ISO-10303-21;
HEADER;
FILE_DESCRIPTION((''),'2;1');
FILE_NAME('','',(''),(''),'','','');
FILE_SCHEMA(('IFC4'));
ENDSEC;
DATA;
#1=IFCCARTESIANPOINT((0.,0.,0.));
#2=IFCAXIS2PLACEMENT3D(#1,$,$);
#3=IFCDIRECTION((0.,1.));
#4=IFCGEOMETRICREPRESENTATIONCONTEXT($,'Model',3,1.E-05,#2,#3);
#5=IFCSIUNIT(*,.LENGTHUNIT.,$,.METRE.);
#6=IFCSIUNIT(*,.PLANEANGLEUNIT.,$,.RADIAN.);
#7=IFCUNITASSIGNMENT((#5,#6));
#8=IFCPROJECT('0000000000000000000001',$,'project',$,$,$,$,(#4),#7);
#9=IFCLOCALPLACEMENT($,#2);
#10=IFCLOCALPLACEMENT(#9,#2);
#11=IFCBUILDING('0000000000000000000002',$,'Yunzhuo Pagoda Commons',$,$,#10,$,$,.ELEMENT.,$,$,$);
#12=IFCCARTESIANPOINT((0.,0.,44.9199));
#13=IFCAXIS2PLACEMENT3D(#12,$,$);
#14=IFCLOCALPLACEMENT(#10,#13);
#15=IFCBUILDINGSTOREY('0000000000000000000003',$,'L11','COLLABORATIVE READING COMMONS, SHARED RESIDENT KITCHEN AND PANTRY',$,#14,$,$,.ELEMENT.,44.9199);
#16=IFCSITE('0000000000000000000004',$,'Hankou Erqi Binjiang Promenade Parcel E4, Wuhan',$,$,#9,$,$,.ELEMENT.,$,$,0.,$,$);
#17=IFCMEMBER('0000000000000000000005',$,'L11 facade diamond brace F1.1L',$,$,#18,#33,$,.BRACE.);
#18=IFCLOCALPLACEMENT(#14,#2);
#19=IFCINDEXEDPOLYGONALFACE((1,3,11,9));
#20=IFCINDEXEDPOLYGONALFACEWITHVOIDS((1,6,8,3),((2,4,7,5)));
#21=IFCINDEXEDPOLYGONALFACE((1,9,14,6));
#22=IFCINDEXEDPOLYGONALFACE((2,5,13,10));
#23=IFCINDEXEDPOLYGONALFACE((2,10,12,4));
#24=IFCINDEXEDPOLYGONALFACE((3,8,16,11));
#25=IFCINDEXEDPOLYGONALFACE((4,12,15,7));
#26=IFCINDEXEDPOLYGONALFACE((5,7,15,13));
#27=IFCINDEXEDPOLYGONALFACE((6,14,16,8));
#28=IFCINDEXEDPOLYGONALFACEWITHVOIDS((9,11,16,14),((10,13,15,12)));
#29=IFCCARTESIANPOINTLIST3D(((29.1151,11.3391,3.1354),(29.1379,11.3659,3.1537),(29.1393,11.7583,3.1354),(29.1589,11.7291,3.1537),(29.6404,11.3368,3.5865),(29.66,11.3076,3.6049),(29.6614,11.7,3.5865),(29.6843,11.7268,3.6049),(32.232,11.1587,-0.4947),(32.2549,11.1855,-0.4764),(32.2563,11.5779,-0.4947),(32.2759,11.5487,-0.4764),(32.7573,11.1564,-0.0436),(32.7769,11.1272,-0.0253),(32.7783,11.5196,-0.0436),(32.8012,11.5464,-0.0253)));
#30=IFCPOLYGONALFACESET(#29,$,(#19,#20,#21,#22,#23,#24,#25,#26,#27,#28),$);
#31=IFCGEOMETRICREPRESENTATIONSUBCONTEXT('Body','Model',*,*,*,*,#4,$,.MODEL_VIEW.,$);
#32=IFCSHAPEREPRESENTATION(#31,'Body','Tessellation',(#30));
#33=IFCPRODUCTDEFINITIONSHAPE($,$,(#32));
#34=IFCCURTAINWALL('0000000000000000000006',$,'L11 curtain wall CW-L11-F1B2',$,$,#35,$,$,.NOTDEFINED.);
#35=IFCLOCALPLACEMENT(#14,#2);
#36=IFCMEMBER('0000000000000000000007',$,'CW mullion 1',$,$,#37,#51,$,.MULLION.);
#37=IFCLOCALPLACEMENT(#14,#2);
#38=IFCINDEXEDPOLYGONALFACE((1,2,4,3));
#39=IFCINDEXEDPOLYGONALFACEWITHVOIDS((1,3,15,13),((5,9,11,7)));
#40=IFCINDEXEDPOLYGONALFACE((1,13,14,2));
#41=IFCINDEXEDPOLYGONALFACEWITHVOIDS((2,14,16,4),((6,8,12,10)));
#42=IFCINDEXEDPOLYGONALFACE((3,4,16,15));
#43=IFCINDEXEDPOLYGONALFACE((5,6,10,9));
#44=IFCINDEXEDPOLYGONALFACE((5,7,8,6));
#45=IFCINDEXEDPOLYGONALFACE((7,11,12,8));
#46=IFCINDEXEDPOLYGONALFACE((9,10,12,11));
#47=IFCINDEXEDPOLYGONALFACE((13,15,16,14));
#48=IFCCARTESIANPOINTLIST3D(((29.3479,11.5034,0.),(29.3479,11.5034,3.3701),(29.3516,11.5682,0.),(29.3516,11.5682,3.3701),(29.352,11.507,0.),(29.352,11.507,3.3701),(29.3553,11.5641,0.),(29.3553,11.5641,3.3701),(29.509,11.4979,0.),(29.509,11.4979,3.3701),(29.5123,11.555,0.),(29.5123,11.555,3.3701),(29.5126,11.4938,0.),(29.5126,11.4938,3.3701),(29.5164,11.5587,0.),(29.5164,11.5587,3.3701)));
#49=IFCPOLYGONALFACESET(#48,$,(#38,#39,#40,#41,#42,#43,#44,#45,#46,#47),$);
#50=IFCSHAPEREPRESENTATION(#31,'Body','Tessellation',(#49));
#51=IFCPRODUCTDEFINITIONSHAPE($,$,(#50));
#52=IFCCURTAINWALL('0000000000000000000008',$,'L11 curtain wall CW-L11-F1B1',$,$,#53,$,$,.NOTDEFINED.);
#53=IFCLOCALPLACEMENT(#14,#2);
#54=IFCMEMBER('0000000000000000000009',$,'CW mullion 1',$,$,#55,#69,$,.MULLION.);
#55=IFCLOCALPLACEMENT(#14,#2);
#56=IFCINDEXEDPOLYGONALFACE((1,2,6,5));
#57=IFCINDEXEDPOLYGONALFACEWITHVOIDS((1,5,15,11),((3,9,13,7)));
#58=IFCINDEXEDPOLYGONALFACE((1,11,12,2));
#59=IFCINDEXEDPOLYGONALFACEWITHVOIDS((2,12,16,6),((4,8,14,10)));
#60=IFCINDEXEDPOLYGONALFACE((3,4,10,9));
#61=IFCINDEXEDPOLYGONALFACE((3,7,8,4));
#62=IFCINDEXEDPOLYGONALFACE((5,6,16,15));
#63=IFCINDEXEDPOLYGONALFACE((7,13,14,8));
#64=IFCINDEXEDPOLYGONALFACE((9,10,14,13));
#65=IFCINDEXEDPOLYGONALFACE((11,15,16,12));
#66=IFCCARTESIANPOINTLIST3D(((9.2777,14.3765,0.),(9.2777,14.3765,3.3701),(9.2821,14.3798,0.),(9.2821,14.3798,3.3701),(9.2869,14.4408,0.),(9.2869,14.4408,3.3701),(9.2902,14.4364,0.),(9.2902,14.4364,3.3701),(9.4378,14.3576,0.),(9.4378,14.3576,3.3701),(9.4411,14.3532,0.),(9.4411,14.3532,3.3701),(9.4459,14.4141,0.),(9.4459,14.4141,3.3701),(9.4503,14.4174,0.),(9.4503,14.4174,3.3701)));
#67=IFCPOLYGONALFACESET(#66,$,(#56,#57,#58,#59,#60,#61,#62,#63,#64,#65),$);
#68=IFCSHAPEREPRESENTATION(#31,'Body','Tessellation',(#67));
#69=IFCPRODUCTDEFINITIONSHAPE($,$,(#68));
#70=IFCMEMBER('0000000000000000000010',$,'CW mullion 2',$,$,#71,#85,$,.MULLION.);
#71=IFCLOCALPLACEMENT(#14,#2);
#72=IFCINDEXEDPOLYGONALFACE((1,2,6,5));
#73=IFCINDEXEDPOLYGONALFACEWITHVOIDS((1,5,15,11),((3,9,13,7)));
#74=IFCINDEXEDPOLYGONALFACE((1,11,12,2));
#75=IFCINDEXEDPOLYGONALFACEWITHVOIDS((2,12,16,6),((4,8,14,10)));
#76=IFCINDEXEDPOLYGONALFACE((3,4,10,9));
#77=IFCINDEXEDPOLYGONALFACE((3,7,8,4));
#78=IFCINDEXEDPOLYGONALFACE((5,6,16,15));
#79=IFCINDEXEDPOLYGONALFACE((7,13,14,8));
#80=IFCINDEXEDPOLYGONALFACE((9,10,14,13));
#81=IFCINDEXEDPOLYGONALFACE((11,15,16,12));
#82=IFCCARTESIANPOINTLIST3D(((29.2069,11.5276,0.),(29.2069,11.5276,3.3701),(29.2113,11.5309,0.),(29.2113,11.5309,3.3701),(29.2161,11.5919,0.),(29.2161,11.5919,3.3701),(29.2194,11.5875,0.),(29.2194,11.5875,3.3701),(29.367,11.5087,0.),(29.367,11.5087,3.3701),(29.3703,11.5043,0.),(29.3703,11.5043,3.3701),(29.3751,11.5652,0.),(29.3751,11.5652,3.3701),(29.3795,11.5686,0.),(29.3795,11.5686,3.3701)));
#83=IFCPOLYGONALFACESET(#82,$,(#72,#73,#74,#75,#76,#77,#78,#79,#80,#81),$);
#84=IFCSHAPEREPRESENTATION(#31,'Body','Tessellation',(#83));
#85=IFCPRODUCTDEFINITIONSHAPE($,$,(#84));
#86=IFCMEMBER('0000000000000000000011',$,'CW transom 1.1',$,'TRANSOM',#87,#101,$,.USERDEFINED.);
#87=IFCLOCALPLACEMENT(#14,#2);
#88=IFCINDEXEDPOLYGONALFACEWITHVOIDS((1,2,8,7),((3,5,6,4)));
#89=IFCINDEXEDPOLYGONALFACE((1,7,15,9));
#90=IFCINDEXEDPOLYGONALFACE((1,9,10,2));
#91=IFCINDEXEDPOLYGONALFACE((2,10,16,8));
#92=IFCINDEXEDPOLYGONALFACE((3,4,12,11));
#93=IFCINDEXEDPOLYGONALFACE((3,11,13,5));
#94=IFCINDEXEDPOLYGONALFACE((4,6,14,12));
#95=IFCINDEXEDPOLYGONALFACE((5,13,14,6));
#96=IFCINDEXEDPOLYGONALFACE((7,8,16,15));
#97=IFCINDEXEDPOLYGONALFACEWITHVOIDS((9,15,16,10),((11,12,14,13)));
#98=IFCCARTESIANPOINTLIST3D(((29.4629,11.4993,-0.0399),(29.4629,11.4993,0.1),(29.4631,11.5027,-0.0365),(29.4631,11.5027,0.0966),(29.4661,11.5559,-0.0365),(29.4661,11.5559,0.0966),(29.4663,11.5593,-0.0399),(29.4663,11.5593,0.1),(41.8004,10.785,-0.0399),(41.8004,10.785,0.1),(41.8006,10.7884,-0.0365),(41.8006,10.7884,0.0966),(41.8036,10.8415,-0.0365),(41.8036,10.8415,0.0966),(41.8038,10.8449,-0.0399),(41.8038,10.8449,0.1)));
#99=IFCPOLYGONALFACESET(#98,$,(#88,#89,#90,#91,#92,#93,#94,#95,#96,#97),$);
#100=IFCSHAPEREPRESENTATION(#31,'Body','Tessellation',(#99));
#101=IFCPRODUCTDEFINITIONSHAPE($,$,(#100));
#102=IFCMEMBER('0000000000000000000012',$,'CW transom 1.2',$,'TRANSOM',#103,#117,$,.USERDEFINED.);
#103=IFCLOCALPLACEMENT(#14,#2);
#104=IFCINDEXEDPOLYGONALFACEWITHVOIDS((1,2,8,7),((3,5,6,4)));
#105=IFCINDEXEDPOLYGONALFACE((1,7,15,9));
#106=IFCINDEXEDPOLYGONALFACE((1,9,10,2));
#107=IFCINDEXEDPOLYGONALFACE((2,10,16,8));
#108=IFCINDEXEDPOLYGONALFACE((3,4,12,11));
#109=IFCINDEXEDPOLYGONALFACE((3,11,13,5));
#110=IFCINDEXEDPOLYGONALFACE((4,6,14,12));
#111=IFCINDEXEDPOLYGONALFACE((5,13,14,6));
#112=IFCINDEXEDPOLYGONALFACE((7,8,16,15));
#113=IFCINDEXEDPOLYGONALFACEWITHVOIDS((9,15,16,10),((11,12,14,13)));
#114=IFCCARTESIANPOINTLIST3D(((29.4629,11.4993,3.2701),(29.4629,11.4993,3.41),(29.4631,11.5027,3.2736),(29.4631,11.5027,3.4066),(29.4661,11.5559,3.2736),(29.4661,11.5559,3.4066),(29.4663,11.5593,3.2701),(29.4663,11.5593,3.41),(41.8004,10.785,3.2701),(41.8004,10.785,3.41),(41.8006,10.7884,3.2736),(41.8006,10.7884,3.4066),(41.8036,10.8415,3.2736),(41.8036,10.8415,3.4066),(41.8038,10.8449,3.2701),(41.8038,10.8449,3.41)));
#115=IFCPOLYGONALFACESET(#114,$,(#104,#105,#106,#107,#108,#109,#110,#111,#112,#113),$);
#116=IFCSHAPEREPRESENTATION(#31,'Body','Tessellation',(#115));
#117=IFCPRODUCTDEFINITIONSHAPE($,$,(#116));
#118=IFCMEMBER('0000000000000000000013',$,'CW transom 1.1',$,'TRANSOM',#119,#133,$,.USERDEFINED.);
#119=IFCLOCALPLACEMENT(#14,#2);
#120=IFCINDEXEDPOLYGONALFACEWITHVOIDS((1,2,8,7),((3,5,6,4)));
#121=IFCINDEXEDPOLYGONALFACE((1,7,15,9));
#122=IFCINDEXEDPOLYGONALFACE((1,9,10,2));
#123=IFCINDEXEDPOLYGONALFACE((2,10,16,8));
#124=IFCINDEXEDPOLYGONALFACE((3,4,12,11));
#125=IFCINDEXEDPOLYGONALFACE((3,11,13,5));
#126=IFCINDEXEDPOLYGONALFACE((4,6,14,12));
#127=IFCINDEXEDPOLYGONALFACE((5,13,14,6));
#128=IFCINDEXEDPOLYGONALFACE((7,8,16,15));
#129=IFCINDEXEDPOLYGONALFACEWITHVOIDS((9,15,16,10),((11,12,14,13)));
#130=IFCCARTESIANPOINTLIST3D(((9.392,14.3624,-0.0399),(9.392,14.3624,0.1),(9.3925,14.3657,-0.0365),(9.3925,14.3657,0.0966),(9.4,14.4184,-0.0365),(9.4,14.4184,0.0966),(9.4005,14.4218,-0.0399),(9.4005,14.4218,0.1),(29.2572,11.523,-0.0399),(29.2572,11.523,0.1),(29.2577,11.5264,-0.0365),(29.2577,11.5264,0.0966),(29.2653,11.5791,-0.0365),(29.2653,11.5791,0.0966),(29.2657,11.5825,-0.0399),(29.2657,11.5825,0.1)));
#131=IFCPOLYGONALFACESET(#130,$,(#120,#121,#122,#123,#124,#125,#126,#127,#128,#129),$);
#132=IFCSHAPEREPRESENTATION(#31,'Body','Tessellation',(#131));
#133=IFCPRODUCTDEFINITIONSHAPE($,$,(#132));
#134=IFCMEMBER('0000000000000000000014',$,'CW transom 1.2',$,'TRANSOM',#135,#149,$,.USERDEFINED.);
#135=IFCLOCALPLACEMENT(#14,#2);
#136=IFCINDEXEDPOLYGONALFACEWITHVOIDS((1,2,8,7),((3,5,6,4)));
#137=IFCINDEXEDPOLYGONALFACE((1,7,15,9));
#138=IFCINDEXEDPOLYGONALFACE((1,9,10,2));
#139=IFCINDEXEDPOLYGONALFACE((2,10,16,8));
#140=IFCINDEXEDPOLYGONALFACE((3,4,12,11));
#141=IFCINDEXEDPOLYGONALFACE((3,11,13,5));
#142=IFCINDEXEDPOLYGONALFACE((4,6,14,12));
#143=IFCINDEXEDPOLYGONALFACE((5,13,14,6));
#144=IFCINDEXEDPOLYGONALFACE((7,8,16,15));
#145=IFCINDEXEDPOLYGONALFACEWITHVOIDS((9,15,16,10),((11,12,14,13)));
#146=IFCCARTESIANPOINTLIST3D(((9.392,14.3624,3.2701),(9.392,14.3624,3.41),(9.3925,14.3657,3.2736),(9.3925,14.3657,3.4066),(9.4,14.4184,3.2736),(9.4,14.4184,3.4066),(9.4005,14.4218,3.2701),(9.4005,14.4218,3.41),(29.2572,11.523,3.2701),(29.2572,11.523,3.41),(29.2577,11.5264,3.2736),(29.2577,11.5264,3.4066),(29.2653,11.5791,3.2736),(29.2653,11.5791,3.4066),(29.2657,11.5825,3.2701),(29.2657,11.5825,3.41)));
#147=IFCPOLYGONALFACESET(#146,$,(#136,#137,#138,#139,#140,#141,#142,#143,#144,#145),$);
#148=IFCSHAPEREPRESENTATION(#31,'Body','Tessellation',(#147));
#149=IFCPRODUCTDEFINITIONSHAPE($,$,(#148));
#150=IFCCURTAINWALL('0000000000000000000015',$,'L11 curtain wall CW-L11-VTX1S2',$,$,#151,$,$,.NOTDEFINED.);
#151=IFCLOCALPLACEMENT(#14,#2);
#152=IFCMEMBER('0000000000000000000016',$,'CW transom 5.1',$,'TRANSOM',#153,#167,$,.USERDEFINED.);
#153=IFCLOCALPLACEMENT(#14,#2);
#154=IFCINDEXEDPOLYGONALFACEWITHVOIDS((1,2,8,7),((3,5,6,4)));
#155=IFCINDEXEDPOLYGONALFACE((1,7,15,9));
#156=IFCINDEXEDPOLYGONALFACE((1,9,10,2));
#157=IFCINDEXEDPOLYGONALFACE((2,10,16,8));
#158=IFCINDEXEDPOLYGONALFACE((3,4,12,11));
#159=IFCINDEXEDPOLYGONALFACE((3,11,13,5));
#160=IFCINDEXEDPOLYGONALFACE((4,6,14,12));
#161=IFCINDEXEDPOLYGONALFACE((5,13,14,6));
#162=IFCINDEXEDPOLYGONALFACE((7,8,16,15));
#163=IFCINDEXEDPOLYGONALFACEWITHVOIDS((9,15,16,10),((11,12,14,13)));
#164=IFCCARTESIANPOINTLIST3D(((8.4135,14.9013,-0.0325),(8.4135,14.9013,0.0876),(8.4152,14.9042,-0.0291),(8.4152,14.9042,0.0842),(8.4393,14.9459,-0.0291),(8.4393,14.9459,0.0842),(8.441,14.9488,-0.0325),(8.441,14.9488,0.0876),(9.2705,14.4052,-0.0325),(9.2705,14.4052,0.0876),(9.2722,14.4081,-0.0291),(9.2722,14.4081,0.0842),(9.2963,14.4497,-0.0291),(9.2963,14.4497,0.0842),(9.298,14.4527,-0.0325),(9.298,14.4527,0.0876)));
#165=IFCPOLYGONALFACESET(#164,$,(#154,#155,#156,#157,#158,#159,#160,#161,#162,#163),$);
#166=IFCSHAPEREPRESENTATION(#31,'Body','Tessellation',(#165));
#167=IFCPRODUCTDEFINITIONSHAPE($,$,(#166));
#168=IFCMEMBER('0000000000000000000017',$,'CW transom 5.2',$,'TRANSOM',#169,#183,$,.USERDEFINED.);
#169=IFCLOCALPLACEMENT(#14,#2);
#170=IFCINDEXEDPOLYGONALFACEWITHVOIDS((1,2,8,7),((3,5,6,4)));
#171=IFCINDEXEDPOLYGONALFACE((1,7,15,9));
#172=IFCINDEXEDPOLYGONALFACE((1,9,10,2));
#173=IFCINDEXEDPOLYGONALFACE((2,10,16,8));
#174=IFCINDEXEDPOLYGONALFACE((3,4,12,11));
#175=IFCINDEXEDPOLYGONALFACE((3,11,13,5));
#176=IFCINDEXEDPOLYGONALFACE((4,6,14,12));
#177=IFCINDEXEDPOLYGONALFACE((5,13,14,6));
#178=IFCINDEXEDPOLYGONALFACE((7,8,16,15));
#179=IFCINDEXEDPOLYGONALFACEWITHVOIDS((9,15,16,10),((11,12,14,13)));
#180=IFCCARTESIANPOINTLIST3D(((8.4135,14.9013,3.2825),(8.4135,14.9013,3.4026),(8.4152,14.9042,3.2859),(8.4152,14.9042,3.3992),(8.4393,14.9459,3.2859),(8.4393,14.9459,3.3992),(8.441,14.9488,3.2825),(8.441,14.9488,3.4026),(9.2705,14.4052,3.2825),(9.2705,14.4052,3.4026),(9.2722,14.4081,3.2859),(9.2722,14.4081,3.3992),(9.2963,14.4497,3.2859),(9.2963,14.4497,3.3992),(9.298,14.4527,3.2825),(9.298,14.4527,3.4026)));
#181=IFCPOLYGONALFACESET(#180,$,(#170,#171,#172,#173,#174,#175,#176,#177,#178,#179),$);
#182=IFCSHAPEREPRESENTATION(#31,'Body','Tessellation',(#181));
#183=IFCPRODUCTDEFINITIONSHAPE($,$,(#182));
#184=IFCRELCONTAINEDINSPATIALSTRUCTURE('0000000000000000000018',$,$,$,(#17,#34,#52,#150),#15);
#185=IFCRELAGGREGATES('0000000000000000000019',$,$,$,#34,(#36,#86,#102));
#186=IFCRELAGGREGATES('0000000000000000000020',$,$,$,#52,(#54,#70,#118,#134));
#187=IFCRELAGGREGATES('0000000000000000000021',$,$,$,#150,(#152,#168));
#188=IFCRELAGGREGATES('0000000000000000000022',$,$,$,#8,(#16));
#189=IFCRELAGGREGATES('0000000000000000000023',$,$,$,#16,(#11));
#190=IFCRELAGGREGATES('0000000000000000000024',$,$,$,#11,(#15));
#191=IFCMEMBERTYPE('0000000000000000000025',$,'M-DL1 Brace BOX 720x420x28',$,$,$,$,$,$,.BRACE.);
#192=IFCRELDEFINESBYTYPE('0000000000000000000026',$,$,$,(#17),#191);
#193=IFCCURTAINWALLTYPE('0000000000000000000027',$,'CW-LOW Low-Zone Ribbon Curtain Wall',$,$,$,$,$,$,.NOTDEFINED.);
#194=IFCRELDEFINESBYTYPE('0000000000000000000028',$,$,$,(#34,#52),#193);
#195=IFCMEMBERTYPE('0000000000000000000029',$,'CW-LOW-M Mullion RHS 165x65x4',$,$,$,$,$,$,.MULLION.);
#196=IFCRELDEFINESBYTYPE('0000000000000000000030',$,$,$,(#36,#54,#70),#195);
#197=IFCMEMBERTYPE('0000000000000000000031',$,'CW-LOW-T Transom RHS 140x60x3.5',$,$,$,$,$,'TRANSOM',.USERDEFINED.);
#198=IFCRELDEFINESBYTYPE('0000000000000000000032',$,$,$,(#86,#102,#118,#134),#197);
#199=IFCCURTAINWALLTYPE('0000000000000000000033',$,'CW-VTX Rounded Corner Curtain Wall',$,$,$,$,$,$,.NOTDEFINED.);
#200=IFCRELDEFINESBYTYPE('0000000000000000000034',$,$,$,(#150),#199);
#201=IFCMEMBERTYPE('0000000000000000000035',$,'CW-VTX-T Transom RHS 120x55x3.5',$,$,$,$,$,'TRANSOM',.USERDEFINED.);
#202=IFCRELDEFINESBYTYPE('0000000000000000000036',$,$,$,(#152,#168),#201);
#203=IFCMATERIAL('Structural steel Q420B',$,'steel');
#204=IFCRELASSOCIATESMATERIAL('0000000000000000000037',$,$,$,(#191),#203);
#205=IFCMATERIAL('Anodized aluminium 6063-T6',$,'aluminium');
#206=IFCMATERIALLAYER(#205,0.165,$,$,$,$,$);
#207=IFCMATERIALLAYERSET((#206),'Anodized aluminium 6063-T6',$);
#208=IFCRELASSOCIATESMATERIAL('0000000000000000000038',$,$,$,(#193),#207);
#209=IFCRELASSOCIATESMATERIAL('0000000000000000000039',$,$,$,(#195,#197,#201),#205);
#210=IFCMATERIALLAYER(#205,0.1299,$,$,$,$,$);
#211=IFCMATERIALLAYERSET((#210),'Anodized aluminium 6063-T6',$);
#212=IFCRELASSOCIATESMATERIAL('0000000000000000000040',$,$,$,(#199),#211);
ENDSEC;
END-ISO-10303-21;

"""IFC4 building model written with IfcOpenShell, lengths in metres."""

from ifc_helpers import new_model, si_unit, direction, frame, origin, origin_2d, place, context, subcontext, project, spatial, hollow_rectangle, extrude, source, transform, mapped, material, layer, layer_set, material_profile, profile_set, type_object, element, aggregate, save


model = new_model("IFC4")

# Units and contexts
model_context = context("Model", 3, precision=1e-05, world=origin(), true_north=direction((0.0, 1.0)))
body_context = subcontext(model_context, "Body", "Model", "MODEL_VIEW")
ifc_project = project(units=[si_unit("LENGTHUNIT", "METRE"), si_unit("PLANEANGLEUNIT", "RADIAN")], contexts=[model_context])

# Site, building, storey
site_placement = place(None, origin())
site = spatial("IfcSite", under=ifc_project, at=site_placement, Name="Hankou Erqi Binjiang Promenade Parcel E4, Wuhan", CompositionType="ELEMENT", RefElevation=0.0)
building_placement = place(site_placement, origin())
building = spatial("IfcBuilding", under=site, at=building_placement, Name="Yunzhuo Pagoda Commons", CompositionType="ELEMENT")
storey_placement = place(building_placement, frame((0.0, 0.0, 44.9199)))
storey = spatial("IfcBuildingStorey", under=building, at=storey_placement, Name="L11", Description="COLLABORATIVE READING COMMONS, SHARED RESIDENT KITCHEN AND PANTRY", CompositionType="ELEMENT", Elevation=44.9199)

# Shared definitions
ifc_material_1 = material(Name="Structural steel Q420B", Category="steel")

# Member
ifc_material_profile_1 = material_profile(ifc_material_1, hollow_rectangle(XDim=0.4199, YDim=0.72, WallThickness=0.0281, at=origin_2d()), Name="Structural steel Q420B")
ifc_profile_set_1 = profile_set([ifc_material_profile_1], Name="Structural steel Q420B")
member_type_1 = type_object("IfcMemberType", Name="M-DL1 Brace BOX 720x420x28", PredefinedType="BRACE", material=ifc_profile_set_1)
shared_shape_1 = source(origin(), body_context, "Body", "SweptSolid", [
    extrude(hollow_rectangle(XDim=0.4199, YDim=0.72, WallThickness=0.0281, at=origin_2d()), origin(), (0.0, 0.0, 1.0), 4.7881),
])
member_1_placement = place(storey_placement, frame((32.5166, 11.3525, -0.26), z_axis=(-0.65098, 0.037681, 0.758159), x_axis=(-0.057787, -0.998329, 0.0)))
element("IfcMember", 1, at=member_1_placement, inside=storey, type_object=member_type_1, Name="L11 facade diamond brace F1.1L", PredefinedType="BRACE", context=body_context, shape_type="MappedRepresentation", body=[
    mapped(shared_shape_1, transform((0.0, 0.0, 0.0), scale=1.0)),
])

# Curtain wall, member
ifc_material_2 = material(Name="Anodized aluminium 6063-T6", Category="aluminium")
ifc_layer_1 = layer(ifc_material_2, 0.165)
ifc_layer_set_1 = layer_set([ifc_layer_1], Name="Anodized aluminium 6063-T6")
curtain_wall_type_1 = type_object("IfcCurtainWallType", Name="CW-LOW Low-Zone Ribbon Curtain Wall", PredefinedType="NOTDEFINED", material=ifc_layer_set_1)
curtain_wall_1_placement = place(storey_placement, origin())
curtain_wall_1 = element("IfcCurtainWall", 2, at=curtain_wall_1_placement, inside=storey, type_object=curtain_wall_type_1, Name="L11 curtain wall CW-L11-F1B2", PredefinedType="NOTDEFINED")
ifc_material_profile_2 = material_profile(ifc_material_2, hollow_rectangle(XDim=0.0649, YDim=0.165, WallThickness=0.0039, at=origin_2d()), Name="Anodized aluminium 6063-T6")
ifc_profile_set_2 = profile_set([ifc_material_profile_2], Name="Anodized aluminium 6063-T6")
member_type_2 = type_object("IfcMemberType", Name="CW-LOW-M Mullion RHS 165x65x4", PredefinedType="MULLION", material=ifc_profile_set_2)
shared_shape_2 = source(origin(), body_context, "Body", "SweptSolid", [
    extrude(hollow_rectangle(XDim=0.0649, YDim=0.165, WallThickness=0.0039, at=origin_2d()), origin(), (0.0, 0.0, 1.0), 3.3701),
])
member_2_placement = place(storey_placement, frame((29.4321, 11.531, 0.0), z_axis=(0.0, 0.0, 1.0), x_axis=(0.057791, 0.998329, 0.0)))
member_2 = element("IfcMember", 3, at=member_2_placement, type_object=member_type_2, Name="CW mullion 1", PredefinedType="MULLION", context=body_context, shape_type="MappedRepresentation", body=[
    mapped(shared_shape_2, transform((0.0, 0.0, 0.0), scale=1.0)),
])

# Curtain wall, members
curtain_wall_2_placement = place(storey_placement, origin())
curtain_wall_2 = element("IfcCurtainWall", 4, at=curtain_wall_2_placement, inside=storey, type_object=curtain_wall_type_1, Name="L11 curtain wall CW-L11-F1B1", PredefinedType="NOTDEFINED")
member_3_placement = place(storey_placement, frame((9.364, 14.397, 0.0), z_axis=(0.0, 0.0, 1.0), x_axis=(0.141493, 0.989939, 0.0)))
member_3 = element("IfcMember", 5, at=member_3_placement, type_object=member_type_2, Name="CW mullion 1", PredefinedType="MULLION", context=body_context, shape_type="MappedRepresentation", body=[
    mapped(shared_shape_2, transform((0.0, 0.0, 0.0), scale=1.0)),
])
member_4_placement = place(storey_placement, frame((29.2932, 11.5481, 0.0), z_axis=(0.0, 0.0, 1.0), x_axis=(0.141493, 0.989939, 0.0)))
member_4 = element("IfcMember", 6, at=member_4_placement, type_object=member_type_2, Name="CW mullion 2", PredefinedType="MULLION", context=body_context, shape_type="MappedRepresentation", body=[
    mapped(shared_shape_2, transform((0.0, 0.0, 0.0), scale=1.0)),
])

# Members
ifc_material_profile_3 = material_profile(ifc_material_2, hollow_rectangle(XDim=0.0601, YDim=0.1399, WallThickness=0.0034, at=origin_2d()), Name="Anodized aluminium 6063-T6")
ifc_profile_set_3 = profile_set([ifc_material_profile_3], Name="Anodized aluminium 6063-T6")
member_type_3 = type_object("IfcMemberType", Name="CW-LOW-T Transom RHS 140x60x3.5", ElementType="TRANSOM", PredefinedType="USERDEFINED", material=ifc_profile_set_3)
shared_shape_3 = source(origin(), body_context, "Body", "SweptSolid", [
    extrude(hollow_rectangle(XDim=0.0601, YDim=0.1399, WallThickness=0.0034, at=origin_2d()), origin(), (0.0, 0.0, 1.0), 12.3582),
])
member_5_placement = place(storey_placement, frame((29.4646, 11.5293, 0.03), z_axis=(0.998328, -0.057805, 0.0), x_axis=(0.057805, 0.998328, 0.0)))
member_5 = element("IfcMember", 7, at=member_5_placement, type_object=member_type_3, Name="CW transom 1.1", ObjectType="TRANSOM", PredefinedType="USERDEFINED", context=body_context, shape_type="MappedRepresentation", body=[
    mapped(shared_shape_3, transform((0.0, 0.0, 0.0), scale=1.0)),
])
member_6_placement = place(storey_placement, frame((29.4646, 11.5293, 3.3401), z_axis=(0.998328, -0.057805, 0.0), x_axis=(0.057805, 0.998328, 0.0)))
member_6 = element("IfcMember", 8, at=member_6_placement, type_object=member_type_3, Name="CW transom 1.2", ObjectType="TRANSOM", PredefinedType="USERDEFINED", context=body_context, shape_type="MappedRepresentation", body=[
    mapped(shared_shape_3, transform((0.0, 0.0, 0.0), scale=1.0)),
])
shared_shape_4 = source(origin(), body_context, "Body", "SweptSolid", [
    extrude(hollow_rectangle(XDim=0.0601, YDim=0.1399, WallThickness=0.0034, at=origin_2d()), origin(), (0.0, 0.0, 1.0), 20.0671),
])
member_7_placement = place(storey_placement, frame((9.3962, 14.3921, 0.03), z_axis=(0.989939, -0.141493, 0.0), x_axis=(0.141493, 0.989939, 0.0)))
member_7 = element("IfcMember", 9, at=member_7_placement, type_object=member_type_3, Name="CW transom 1.1", ObjectType="TRANSOM", PredefinedType="USERDEFINED", context=body_context, shape_type="MappedRepresentation", body=[
    mapped(shared_shape_4, transform((0.0, 0.0, 0.0), scale=1.0)),
])
member_8_placement = place(storey_placement, frame((9.3962, 14.3921, 3.3401), z_axis=(0.989939, -0.141493, 0.0), x_axis=(0.141493, 0.989939, 0.0)))
member_8 = element("IfcMember", 10, at=member_8_placement, type_object=member_type_3, Name="CW transom 1.2", ObjectType="TRANSOM", PredefinedType="USERDEFINED", context=body_context, shape_type="MappedRepresentation", body=[
    mapped(shared_shape_4, transform((0.0, 0.0, 0.0), scale=1.0)),
])

# Curtain wall, members
ifc_layer_2 = layer(ifc_material_2, 0.1299)
ifc_layer_set_2 = layer_set([ifc_layer_2], Name="Anodized aluminium 6063-T6")
curtain_wall_type_2 = type_object("IfcCurtainWallType", Name="CW-VTX Rounded Corner Curtain Wall", PredefinedType="NOTDEFINED", material=ifc_layer_set_2)
curtain_wall_3_placement = place(storey_placement, origin())
curtain_wall_3 = element("IfcCurtainWall", 11, at=curtain_wall_3_placement, inside=storey, type_object=curtain_wall_type_2, Name="L11 curtain wall CW-L11-VTX1S2", PredefinedType="NOTDEFINED")
ifc_material_profile_4 = material_profile(ifc_material_2, hollow_rectangle(XDim=0.0549, YDim=0.1201, WallThickness=0.0034, at=origin_2d()), Name="Anodized aluminium 6063-T6")
ifc_profile_set_4 = profile_set([ifc_material_profile_4], Name="Anodized aluminium 6063-T6")
member_type_4 = type_object("IfcMemberType", Name="CW-VTX-T Transom RHS 120x55x3.5", ElementType="TRANSOM", PredefinedType="USERDEFINED", material=ifc_profile_set_4)
shared_shape_5 = source(origin(), body_context, "Body", "SweptSolid", [
    extrude(hollow_rectangle(XDim=0.0549, YDim=0.1201, WallThickness=0.0034, at=origin_2d()), origin(), (0.0, 0.0, 1.0), 0.9902),
])
member_9_placement = place(storey_placement, frame((8.4272, 14.925, 0.0276), z_axis=(0.865438, -0.501017, 0.0), x_axis=(0.501017, 0.865438, 0.0)))
member_9 = element("IfcMember", 12, at=member_9_placement, type_object=member_type_4, Name="CW transom 5.1", ObjectType="TRANSOM", PredefinedType="USERDEFINED", context=body_context, shape_type="MappedRepresentation", body=[
    mapped(shared_shape_5, transform((0.0, 0.0, 0.0), scale=1.0)),
])
member_10_placement = place(storey_placement, frame((8.4272, 14.925, 3.3425), z_axis=(0.865438, -0.501017, 0.0), x_axis=(0.501017, 0.865438, 0.0)))
member_10 = element("IfcMember", 13, at=member_10_placement, type_object=member_type_4, Name="CW transom 5.2", ObjectType="TRANSOM", PredefinedType="USERDEFINED", context=body_context, shape_type="MappedRepresentation", body=[
    mapped(shared_shape_5, transform((0.0, 0.0, 0.0), scale=1.0)),
])

aggregate(curtain_wall_1, [member_2, member_5, member_6])
aggregate(curtain_wall_2, [member_3, member_4, member_7, member_8])
aggregate(curtain_wall_3, [member_9, member_10])

save(model, "model.ifc")
